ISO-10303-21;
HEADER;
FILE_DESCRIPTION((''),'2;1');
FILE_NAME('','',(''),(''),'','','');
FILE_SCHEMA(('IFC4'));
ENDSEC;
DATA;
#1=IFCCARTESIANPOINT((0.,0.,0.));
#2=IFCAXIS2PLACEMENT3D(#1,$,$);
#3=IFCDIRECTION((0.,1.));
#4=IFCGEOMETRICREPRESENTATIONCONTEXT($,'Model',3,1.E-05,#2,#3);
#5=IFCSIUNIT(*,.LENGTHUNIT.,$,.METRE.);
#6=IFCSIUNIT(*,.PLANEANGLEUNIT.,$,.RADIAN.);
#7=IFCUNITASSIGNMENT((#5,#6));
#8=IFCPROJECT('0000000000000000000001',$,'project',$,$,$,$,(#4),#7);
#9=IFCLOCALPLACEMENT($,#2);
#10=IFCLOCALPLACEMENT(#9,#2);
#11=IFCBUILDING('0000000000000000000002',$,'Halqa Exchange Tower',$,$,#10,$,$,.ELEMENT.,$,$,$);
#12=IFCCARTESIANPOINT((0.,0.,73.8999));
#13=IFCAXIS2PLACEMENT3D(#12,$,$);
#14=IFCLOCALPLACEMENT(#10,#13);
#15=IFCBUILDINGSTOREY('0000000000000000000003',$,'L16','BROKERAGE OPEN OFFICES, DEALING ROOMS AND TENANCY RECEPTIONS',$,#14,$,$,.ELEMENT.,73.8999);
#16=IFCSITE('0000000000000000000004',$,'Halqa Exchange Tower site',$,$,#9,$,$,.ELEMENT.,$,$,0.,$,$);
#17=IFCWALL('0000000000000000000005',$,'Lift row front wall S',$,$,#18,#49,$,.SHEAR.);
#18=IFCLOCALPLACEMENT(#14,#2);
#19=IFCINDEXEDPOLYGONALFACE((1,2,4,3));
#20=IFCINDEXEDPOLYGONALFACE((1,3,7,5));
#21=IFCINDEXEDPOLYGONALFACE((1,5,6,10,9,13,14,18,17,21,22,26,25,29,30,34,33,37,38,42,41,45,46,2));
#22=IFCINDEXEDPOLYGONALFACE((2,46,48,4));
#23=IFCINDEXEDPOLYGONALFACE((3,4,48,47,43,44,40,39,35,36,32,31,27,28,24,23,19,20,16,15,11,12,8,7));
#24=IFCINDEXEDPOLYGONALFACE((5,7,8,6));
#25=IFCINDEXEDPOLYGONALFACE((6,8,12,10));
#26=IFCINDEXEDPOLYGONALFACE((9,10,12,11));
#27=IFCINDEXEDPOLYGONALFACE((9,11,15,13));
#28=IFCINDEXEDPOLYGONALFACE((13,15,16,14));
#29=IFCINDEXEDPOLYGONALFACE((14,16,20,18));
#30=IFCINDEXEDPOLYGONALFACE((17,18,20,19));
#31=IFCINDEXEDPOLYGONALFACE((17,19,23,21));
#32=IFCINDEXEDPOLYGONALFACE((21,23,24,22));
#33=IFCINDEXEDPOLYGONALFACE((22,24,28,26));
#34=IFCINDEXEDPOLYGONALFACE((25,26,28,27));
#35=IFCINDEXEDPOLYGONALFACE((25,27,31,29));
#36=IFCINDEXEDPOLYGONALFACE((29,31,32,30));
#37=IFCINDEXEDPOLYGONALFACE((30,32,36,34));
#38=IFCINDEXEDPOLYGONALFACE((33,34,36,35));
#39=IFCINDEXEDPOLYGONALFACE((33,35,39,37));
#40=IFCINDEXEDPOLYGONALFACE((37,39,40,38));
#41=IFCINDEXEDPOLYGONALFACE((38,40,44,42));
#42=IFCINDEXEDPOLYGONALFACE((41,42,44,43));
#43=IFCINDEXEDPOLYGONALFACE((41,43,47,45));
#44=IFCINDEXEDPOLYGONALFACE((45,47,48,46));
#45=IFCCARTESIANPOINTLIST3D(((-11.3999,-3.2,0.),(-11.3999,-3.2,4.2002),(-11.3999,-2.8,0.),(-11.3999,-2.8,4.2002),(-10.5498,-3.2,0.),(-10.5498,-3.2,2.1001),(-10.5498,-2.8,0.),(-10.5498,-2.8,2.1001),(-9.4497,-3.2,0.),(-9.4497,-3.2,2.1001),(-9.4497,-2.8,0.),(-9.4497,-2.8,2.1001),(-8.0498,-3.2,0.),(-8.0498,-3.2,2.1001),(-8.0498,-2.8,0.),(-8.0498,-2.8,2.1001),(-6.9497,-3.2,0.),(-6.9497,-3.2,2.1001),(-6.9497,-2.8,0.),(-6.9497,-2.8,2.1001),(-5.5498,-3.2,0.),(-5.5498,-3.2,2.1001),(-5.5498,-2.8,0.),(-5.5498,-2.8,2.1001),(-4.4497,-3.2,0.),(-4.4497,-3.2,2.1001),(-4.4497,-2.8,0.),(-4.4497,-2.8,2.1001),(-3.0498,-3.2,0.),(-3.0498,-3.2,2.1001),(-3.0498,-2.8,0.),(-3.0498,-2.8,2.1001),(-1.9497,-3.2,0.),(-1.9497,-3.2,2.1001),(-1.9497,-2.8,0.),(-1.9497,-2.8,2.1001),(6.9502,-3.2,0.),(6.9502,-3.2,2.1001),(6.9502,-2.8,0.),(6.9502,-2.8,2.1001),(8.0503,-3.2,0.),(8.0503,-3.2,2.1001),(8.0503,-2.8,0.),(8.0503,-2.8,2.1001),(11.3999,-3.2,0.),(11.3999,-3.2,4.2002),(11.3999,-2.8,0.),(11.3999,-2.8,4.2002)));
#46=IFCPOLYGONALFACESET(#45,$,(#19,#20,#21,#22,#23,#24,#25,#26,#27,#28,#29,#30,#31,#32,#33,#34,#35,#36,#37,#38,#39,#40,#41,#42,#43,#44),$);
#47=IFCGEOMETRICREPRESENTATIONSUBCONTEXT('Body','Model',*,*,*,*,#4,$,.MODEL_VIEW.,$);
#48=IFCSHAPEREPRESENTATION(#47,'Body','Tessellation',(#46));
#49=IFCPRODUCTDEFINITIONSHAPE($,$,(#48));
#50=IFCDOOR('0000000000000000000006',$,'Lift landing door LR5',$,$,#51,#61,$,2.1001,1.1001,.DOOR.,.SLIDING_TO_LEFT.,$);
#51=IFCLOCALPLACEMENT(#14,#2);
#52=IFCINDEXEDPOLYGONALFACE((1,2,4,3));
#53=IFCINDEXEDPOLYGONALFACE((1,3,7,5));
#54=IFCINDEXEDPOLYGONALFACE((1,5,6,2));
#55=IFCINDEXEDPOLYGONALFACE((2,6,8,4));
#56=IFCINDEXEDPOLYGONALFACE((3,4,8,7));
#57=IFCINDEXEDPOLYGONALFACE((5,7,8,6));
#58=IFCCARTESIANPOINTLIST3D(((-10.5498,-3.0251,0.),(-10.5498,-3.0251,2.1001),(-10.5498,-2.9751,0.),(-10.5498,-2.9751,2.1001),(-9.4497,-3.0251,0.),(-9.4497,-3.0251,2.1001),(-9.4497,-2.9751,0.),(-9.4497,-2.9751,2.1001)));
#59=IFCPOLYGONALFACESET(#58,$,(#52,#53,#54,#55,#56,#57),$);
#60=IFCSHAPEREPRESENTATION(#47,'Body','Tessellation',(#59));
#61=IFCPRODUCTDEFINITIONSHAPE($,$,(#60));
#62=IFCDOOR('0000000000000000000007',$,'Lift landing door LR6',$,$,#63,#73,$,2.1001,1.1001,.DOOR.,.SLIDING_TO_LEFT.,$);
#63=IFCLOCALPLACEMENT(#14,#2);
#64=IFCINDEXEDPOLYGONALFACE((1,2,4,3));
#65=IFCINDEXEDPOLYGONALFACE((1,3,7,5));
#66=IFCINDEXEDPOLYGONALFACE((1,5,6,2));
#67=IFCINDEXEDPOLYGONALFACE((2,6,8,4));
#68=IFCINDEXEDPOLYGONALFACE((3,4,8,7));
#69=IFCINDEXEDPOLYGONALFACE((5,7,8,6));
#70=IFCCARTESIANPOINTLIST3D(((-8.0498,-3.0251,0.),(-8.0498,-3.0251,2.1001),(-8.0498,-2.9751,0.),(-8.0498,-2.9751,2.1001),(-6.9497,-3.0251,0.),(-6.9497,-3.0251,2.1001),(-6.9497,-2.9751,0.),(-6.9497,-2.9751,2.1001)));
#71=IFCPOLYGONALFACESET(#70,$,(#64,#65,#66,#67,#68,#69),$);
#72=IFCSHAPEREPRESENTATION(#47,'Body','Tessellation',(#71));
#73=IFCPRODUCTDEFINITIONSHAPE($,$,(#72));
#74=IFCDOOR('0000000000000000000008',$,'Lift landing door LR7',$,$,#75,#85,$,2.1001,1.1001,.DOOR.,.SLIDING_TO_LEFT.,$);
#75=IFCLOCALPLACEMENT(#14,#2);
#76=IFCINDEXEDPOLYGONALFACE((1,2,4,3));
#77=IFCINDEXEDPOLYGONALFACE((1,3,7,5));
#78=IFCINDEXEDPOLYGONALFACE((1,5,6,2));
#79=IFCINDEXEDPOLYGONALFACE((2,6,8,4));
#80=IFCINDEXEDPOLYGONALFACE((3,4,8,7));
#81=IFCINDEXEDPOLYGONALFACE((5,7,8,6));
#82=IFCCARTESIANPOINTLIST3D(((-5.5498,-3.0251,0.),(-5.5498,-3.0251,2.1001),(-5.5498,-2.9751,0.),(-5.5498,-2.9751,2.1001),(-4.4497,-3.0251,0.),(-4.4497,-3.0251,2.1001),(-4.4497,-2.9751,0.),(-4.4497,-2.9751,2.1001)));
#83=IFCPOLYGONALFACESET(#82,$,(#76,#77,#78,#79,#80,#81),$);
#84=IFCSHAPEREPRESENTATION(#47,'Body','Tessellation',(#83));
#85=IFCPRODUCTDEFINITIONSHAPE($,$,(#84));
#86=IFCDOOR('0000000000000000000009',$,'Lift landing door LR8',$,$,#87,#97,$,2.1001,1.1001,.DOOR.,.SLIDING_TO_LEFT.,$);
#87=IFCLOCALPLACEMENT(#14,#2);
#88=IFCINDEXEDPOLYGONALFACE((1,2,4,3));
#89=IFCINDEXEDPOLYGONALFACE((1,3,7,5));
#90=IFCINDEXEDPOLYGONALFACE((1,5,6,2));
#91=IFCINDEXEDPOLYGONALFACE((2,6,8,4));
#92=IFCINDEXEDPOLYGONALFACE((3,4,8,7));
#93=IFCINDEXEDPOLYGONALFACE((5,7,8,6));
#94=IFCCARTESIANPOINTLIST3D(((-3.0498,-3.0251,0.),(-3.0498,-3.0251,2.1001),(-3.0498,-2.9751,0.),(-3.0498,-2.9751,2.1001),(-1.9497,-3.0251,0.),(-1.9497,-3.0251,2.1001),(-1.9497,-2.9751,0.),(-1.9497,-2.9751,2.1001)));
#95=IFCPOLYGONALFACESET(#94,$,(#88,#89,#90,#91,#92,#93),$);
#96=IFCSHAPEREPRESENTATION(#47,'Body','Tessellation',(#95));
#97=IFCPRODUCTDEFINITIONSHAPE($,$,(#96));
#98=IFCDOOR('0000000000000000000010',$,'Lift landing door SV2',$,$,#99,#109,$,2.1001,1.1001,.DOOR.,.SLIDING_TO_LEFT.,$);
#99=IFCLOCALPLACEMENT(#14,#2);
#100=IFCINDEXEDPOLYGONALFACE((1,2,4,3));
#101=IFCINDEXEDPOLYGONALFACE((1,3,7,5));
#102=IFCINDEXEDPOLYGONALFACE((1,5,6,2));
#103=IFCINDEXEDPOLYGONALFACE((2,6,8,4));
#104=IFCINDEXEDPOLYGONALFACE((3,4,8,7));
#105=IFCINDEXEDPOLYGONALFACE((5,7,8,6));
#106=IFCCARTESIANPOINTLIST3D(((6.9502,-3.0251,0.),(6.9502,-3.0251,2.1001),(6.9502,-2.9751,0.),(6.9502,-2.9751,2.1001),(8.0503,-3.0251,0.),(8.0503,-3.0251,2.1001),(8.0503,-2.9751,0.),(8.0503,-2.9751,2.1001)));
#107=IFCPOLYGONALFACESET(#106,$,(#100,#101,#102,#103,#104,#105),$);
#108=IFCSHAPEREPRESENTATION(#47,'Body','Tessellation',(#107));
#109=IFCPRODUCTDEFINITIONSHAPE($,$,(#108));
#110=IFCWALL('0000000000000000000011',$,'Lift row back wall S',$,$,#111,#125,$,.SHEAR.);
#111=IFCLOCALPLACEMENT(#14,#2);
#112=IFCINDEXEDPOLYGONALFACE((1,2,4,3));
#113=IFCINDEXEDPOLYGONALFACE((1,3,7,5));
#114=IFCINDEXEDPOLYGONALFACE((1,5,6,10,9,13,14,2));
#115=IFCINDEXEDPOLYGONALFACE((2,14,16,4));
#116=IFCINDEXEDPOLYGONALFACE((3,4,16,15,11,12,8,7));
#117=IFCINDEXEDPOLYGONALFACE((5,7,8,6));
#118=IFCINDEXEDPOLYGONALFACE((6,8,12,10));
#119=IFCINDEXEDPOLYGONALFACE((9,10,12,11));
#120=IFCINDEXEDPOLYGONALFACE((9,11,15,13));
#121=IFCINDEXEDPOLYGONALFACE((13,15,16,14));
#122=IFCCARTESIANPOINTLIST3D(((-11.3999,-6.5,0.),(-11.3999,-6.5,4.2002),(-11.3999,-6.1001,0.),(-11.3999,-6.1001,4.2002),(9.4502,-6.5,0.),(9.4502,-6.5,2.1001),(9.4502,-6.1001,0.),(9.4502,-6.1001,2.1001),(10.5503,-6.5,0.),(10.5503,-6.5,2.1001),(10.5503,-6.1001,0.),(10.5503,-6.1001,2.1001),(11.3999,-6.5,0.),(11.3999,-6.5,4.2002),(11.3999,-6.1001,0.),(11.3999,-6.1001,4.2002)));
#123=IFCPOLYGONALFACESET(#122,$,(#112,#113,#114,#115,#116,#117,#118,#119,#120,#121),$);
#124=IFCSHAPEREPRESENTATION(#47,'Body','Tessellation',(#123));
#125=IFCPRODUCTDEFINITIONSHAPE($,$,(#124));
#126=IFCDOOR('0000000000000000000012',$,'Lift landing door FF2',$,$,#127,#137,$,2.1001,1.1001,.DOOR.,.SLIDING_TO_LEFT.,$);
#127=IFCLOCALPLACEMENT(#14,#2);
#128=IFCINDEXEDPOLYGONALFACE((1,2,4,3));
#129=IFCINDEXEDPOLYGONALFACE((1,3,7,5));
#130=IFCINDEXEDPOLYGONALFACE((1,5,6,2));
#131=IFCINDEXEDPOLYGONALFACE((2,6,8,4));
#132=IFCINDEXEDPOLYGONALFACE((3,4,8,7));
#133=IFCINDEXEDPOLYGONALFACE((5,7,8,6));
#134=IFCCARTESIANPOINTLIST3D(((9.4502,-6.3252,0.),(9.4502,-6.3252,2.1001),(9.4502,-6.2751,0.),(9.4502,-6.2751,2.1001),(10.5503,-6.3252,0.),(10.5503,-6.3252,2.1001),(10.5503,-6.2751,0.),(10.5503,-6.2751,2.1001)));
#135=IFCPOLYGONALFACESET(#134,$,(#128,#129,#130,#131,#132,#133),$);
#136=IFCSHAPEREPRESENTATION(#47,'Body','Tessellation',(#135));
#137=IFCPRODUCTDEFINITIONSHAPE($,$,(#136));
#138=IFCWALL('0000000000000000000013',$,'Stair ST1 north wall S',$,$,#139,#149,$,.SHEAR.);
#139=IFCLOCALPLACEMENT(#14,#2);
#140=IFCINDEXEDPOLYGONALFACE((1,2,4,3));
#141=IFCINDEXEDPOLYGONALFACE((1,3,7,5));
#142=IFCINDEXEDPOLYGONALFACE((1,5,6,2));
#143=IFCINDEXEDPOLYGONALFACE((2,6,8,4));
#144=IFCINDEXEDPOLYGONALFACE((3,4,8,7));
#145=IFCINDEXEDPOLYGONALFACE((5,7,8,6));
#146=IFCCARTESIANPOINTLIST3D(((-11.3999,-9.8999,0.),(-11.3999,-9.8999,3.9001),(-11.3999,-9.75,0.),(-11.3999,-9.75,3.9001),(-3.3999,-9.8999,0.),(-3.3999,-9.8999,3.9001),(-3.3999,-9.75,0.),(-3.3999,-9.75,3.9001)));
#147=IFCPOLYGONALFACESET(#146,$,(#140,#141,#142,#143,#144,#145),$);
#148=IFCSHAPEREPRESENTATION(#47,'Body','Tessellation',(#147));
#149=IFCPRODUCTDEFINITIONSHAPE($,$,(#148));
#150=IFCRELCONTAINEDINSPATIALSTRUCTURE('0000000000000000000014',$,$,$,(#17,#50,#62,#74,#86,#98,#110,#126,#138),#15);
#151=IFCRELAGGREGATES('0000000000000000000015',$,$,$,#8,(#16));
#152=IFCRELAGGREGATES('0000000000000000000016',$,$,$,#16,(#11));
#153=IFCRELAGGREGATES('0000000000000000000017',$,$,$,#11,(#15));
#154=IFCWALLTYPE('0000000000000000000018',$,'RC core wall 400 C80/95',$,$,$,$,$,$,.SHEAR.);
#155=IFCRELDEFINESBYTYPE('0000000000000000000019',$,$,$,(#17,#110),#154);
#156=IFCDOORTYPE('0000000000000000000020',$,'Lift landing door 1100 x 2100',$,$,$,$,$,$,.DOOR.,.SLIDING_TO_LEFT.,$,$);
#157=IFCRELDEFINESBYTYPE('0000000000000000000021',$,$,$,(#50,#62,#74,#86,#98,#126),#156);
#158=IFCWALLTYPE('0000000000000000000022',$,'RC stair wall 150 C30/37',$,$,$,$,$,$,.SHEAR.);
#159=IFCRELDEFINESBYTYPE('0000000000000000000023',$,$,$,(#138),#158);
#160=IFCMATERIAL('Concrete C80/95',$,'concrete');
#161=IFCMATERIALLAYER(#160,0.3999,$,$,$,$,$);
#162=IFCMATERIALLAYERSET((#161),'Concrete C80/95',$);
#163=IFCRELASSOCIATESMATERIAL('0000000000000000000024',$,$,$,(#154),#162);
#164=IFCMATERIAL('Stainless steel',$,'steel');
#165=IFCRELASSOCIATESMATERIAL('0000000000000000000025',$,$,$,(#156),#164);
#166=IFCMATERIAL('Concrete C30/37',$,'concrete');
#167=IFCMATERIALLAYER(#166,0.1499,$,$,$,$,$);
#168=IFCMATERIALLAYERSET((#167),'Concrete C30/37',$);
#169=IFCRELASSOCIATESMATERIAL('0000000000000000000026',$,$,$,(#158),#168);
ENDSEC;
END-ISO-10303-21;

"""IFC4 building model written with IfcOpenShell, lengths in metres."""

from ifc_helpers import new_model, si_unit, direction, frame, frame_2d, origin, place, context, subcontext, project, spatial, rectangle, extrude, material, layer, layer_set, type_object, element, fill, save


model = new_model("IFC4")

# Units and contexts
model_context = context("Model", 3, precision=1e-05, world=origin(), true_north=direction((0.0, 1.0)))
body_context = subcontext(model_context, "Body", "Model", "MODEL_VIEW")
ifc_project = project(units=[si_unit("LENGTHUNIT", "METRE"), si_unit("PLANEANGLEUNIT", "RADIAN")], contexts=[model_context])

# Site, building, storey
site_placement = place(None, origin())
site = spatial("IfcSite", under=ifc_project, at=site_placement, Name="Halqa Exchange Tower site", CompositionType="ELEMENT", RefElevation=0.0)
building_placement = place(site_placement, origin())
building = spatial("IfcBuilding", under=site, at=building_placement, Name="Halqa Exchange Tower", CompositionType="ELEMENT")
storey_placement = place(building_placement, frame((0.0, 0.0, 73.8999)))
storey = spatial("IfcBuildingStorey", under=building, at=storey_placement, Name="L16", Description="BROKERAGE OPEN OFFICES, DEALING ROOMS AND TENANCY RECEPTIONS", CompositionType="ELEMENT", Elevation=73.8999)

# Wall, openings, doors
ifc_material_1 = material(Name="Concrete C80/95", Category="concrete")
ifc_layer_1 = layer(ifc_material_1, 0.3999)
ifc_layer_set_1 = layer_set([ifc_layer_1], Name="Concrete C80/95")
wall_type_1 = type_object("IfcWallType", Name="RC core wall 400 C80/95", PredefinedType="SHEAR", material=ifc_layer_set_1)
wall_1_placement = place(storey_placement, frame((-11.3999, -3.0, 0.0), z_axis=(0.0, 0.0, 1.0), x_axis=(1.0, 0.0, 0.0)))
wall_1 = element("IfcWall", 1, at=wall_1_placement, inside=storey, type_object=wall_type_1, Name="Lift row front wall S", PredefinedType="SHEAR", context=body_context, shape_type="SweptSolid", body=[
    extrude(rectangle(XDim=22.7998, YDim=0.3999, at=frame_2d((11.3999, 0.0))), origin(), (0.0, 0.0, 1.0), 4.2002),
])
opening_1_placement = place(wall_1_placement, frame((0.8501, 0.0, 0.0)))
opening_1 = element("IfcOpeningElement", 2, at=opening_1_placement, cuts=wall_1, PredefinedType="OPENING", context=body_context, shape_type="SweptSolid", body=[
    extrude(rectangle(XDim=1.1001, YDim=2.1001, at=frame_2d((0.55, 1.05))), frame((0.0, 0.2119, 0.0), z_axis=(0.0, -1.0, 0.0), x_axis=(1.0, 0.0, 0.0)), (0.0, 0.0, 1.0), 0.4238),
])
opening_2_placement = place(wall_1_placement, frame((3.3501, 0.0, 0.0)))
opening_2 = element("IfcOpeningElement", 3, at=opening_2_placement, cuts=wall_1, PredefinedType="OPENING", context=body_context, shape_type="SweptSolid", body=[
    extrude(rectangle(XDim=1.1001, YDim=2.1001, at=frame_2d((0.55, 1.05))), frame((0.0, 0.2119, 0.0), z_axis=(0.0, -1.0, 0.0), x_axis=(1.0, 0.0, 0.0)), (0.0, 0.0, 1.0), 0.4238),
])
opening_3_placement = place(wall_1_placement, frame((5.8501, 0.0, 0.0)))
opening_3 = element("IfcOpeningElement", 4, at=opening_3_placement, cuts=wall_1, PredefinedType="OPENING", context=body_context, shape_type="SweptSolid", body=[
    extrude(rectangle(XDim=1.1001, YDim=2.1001, at=frame_2d((0.55, 1.05))), frame((0.0, 0.2119, 0.0), z_axis=(0.0, -1.0, 0.0), x_axis=(1.0, 0.0, 0.0)), (0.0, 0.0, 1.0), 0.4238),
])
opening_4_placement = place(wall_1_placement, frame((8.3501, 0.0, 0.0)))
opening_4 = element("IfcOpeningElement", 5, at=opening_4_placement, cuts=wall_1, PredefinedType="OPENING", context=body_context, shape_type="SweptSolid", body=[
    extrude(rectangle(XDim=1.1001, YDim=2.1001, at=frame_2d((0.55, 1.05))), frame((0.0, 0.2119, 0.0), z_axis=(0.0, -1.0, 0.0), x_axis=(1.0, 0.0, 0.0)), (0.0, 0.0, 1.0), 0.4238),
])
opening_5_placement = place(wall_1_placement, frame((18.3501, 0.0, 0.0)))
opening_5 = element("IfcOpeningElement", 6, at=opening_5_placement, cuts=wall_1, PredefinedType="OPENING", context=body_context, shape_type="SweptSolid", body=[
    extrude(rectangle(XDim=1.1001, YDim=2.1001, at=frame_2d((0.55, 1.05))), frame((0.0, 0.2119, 0.0), z_axis=(0.0, -1.0, 0.0), x_axis=(1.0, 0.0, 0.0)), (0.0, 0.0, 1.0), 0.4238),
])
ifc_material_2 = material(Name="Stainless steel", Category="steel")
door_type = type_object("IfcDoorType", Name="Lift landing door 1100 x 2100", OperationType="SLIDING_TO_LEFT", PredefinedType="DOOR", material=ifc_material_2)
door_1_placement = place(opening_1_placement, origin())
door_1 = element("IfcDoor", 7, at=door_1_placement, inside=storey, type_object=door_type, Name="Lift landing door LR5", OperationType="SLIDING_TO_LEFT", OverallHeight=2.1001, OverallWidth=1.1001, PredefinedType="DOOR", context=body_context, shape_type="SweptSolid", body=[
    extrude(rectangle(XDim=1.1001, YDim=2.1001, at=frame_2d((0.55, 1.05))), frame((0.0, 0.0249, 0.0), z_axis=(0.0, -1.0, 0.0), x_axis=(1.0, 0.0, 0.0)), (0.0, 0.0, 1.0), 0.05),
])
fill(opening_1, door_1)
door_2_placement = place(opening_2_placement, origin())
door_2 = element("IfcDoor", 8, at=door_2_placement, inside=storey, type_object=door_type, Name="Lift landing door LR6", OperationType="SLIDING_TO_LEFT", OverallHeight=2.1001, OverallWidth=1.1001, PredefinedType="DOOR", context=body_context, shape_type="SweptSolid", body=[
    extrude(rectangle(XDim=1.1001, YDim=2.1001, at=frame_2d((0.55, 1.05))), frame((0.0, 0.0249, 0.0), z_axis=(0.0, -1.0, 0.0), x_axis=(1.0, 0.0, 0.0)), (0.0, 0.0, 1.0), 0.05),
])
fill(opening_2, door_2)
door_3_placement = place(opening_3_placement, origin())
door_3 = element("IfcDoor", 9, at=door_3_placement, inside=storey, type_object=door_type, Name="Lift landing door LR7", OperationType="SLIDING_TO_LEFT", OverallHeight=2.1001, OverallWidth=1.1001, PredefinedType="DOOR", context=body_context, shape_type="SweptSolid", body=[
    extrude(rectangle(XDim=1.1001, YDim=2.1001, at=frame_2d((0.55, 1.05))), frame((0.0, 0.0249, 0.0), z_axis=(0.0, -1.0, 0.0), x_axis=(1.0, 0.0, 0.0)), (0.0, 0.0, 1.0), 0.05),
])
fill(opening_3, door_3)
door_4_placement = place(opening_4_placement, origin())
door_4 = element("IfcDoor", 10, at=door_4_placement, inside=storey, type_object=door_type, Name="Lift landing door LR8", OperationType="SLIDING_TO_LEFT", OverallHeight=2.1001, OverallWidth=1.1001, PredefinedType="DOOR", context=body_context, shape_type="SweptSolid", body=[
    extrude(rectangle(XDim=1.1001, YDim=2.1001, at=frame_2d((0.55, 1.05))), frame((0.0, 0.0249, 0.0), z_axis=(0.0, -1.0, 0.0), x_axis=(1.0, 0.0, 0.0)), (0.0, 0.0, 1.0), 0.05),
])
fill(opening_4, door_4)
door_5_placement = place(opening_5_placement, origin())
door_5 = element("IfcDoor", 11, at=door_5_placement, inside=storey, type_object=door_type, Name="Lift landing door SV2", OperationType="SLIDING_TO_LEFT", OverallHeight=2.1001, OverallWidth=1.1001, PredefinedType="DOOR", context=body_context, shape_type="SweptSolid", body=[
    extrude(rectangle(XDim=1.1001, YDim=2.1001, at=frame_2d((0.55, 1.05))), frame((0.0, 0.0249, 0.0), z_axis=(0.0, -1.0, 0.0), x_axis=(1.0, 0.0, 0.0)), (0.0, 0.0, 1.0), 0.05),
])
fill(opening_5, door_5)

# Wall, opening, door
wall_2_placement = place(storey_placement, frame((-11.3999, -6.3, 0.0), z_axis=(0.0, 0.0, 1.0), x_axis=(1.0, 0.0, 0.0)))
wall_2 = element("IfcWall", 12, at=wall_2_placement, inside=storey, type_object=wall_type_1, Name="Lift row back wall S", PredefinedType="SHEAR", context=body_context, shape_type="SweptSolid", body=[
    extrude(rectangle(XDim=22.7998, YDim=0.3999, at=frame_2d((11.3999, 0.0))), origin(), (0.0, 0.0, 1.0), 4.2002),
])
opening_6_placement = place(wall_2_placement, frame((20.8501, 0.0, 0.0)))
opening_6 = element("IfcOpeningElement", 13, at=opening_6_placement, cuts=wall_2, PredefinedType="OPENING", context=body_context, shape_type="SweptSolid", body=[
    extrude(rectangle(XDim=1.1001, YDim=2.1001, at=frame_2d((0.55, 1.05))), frame((0.0, 0.2119, 0.0), z_axis=(0.0, -1.0, 0.0), x_axis=(1.0, 0.0, 0.0)), (0.0, 0.0, 1.0), 0.4238),
])
door_6_placement = place(opening_6_placement, origin())
door_6 = element("IfcDoor", 14, at=door_6_placement, inside=storey, type_object=door_type, Name="Lift landing door FF2", OperationType="SLIDING_TO_LEFT", OverallHeight=2.1001, OverallWidth=1.1001, PredefinedType="DOOR", context=body_context, shape_type="SweptSolid", body=[
    extrude(rectangle(XDim=1.1001, YDim=2.1001, at=frame_2d((0.55, 1.05))), frame((0.0, 0.0249, 0.0), z_axis=(0.0, -1.0, 0.0), x_axis=(1.0, 0.0, 0.0)), (0.0, 0.0, 1.0), 0.05),
])
fill(opening_6, door_6)

# Wall
ifc_material_3 = material(Name="Concrete C30/37", Category="concrete")
ifc_layer_2 = layer(ifc_material_3, 0.1499)
ifc_layer_set_2 = layer_set([ifc_layer_2], Name="Concrete C30/37")
wall_type_2 = type_object("IfcWallType", Name="RC stair wall 150 C30/37", PredefinedType="SHEAR", material=ifc_layer_set_2)
wall_3_placement = place(storey_placement, frame((-11.3999, -9.825, 0.0), z_axis=(0.0, 0.0, 1.0), x_axis=(1.0, 0.0, 0.0)))
element("IfcWall", 15, at=wall_3_placement, inside=storey, type_object=wall_type_2, Name="Stair ST1 north wall S", PredefinedType="SHEAR", context=body_context, shape_type="SweptSolid", body=[
    extrude(rectangle(XDim=8.0, YDim=0.1499, at=frame_2d((4.0, 0.0))), origin(), (0.0, 0.0, 1.0), 3.9001),
])

save(model, "model.ifc")
